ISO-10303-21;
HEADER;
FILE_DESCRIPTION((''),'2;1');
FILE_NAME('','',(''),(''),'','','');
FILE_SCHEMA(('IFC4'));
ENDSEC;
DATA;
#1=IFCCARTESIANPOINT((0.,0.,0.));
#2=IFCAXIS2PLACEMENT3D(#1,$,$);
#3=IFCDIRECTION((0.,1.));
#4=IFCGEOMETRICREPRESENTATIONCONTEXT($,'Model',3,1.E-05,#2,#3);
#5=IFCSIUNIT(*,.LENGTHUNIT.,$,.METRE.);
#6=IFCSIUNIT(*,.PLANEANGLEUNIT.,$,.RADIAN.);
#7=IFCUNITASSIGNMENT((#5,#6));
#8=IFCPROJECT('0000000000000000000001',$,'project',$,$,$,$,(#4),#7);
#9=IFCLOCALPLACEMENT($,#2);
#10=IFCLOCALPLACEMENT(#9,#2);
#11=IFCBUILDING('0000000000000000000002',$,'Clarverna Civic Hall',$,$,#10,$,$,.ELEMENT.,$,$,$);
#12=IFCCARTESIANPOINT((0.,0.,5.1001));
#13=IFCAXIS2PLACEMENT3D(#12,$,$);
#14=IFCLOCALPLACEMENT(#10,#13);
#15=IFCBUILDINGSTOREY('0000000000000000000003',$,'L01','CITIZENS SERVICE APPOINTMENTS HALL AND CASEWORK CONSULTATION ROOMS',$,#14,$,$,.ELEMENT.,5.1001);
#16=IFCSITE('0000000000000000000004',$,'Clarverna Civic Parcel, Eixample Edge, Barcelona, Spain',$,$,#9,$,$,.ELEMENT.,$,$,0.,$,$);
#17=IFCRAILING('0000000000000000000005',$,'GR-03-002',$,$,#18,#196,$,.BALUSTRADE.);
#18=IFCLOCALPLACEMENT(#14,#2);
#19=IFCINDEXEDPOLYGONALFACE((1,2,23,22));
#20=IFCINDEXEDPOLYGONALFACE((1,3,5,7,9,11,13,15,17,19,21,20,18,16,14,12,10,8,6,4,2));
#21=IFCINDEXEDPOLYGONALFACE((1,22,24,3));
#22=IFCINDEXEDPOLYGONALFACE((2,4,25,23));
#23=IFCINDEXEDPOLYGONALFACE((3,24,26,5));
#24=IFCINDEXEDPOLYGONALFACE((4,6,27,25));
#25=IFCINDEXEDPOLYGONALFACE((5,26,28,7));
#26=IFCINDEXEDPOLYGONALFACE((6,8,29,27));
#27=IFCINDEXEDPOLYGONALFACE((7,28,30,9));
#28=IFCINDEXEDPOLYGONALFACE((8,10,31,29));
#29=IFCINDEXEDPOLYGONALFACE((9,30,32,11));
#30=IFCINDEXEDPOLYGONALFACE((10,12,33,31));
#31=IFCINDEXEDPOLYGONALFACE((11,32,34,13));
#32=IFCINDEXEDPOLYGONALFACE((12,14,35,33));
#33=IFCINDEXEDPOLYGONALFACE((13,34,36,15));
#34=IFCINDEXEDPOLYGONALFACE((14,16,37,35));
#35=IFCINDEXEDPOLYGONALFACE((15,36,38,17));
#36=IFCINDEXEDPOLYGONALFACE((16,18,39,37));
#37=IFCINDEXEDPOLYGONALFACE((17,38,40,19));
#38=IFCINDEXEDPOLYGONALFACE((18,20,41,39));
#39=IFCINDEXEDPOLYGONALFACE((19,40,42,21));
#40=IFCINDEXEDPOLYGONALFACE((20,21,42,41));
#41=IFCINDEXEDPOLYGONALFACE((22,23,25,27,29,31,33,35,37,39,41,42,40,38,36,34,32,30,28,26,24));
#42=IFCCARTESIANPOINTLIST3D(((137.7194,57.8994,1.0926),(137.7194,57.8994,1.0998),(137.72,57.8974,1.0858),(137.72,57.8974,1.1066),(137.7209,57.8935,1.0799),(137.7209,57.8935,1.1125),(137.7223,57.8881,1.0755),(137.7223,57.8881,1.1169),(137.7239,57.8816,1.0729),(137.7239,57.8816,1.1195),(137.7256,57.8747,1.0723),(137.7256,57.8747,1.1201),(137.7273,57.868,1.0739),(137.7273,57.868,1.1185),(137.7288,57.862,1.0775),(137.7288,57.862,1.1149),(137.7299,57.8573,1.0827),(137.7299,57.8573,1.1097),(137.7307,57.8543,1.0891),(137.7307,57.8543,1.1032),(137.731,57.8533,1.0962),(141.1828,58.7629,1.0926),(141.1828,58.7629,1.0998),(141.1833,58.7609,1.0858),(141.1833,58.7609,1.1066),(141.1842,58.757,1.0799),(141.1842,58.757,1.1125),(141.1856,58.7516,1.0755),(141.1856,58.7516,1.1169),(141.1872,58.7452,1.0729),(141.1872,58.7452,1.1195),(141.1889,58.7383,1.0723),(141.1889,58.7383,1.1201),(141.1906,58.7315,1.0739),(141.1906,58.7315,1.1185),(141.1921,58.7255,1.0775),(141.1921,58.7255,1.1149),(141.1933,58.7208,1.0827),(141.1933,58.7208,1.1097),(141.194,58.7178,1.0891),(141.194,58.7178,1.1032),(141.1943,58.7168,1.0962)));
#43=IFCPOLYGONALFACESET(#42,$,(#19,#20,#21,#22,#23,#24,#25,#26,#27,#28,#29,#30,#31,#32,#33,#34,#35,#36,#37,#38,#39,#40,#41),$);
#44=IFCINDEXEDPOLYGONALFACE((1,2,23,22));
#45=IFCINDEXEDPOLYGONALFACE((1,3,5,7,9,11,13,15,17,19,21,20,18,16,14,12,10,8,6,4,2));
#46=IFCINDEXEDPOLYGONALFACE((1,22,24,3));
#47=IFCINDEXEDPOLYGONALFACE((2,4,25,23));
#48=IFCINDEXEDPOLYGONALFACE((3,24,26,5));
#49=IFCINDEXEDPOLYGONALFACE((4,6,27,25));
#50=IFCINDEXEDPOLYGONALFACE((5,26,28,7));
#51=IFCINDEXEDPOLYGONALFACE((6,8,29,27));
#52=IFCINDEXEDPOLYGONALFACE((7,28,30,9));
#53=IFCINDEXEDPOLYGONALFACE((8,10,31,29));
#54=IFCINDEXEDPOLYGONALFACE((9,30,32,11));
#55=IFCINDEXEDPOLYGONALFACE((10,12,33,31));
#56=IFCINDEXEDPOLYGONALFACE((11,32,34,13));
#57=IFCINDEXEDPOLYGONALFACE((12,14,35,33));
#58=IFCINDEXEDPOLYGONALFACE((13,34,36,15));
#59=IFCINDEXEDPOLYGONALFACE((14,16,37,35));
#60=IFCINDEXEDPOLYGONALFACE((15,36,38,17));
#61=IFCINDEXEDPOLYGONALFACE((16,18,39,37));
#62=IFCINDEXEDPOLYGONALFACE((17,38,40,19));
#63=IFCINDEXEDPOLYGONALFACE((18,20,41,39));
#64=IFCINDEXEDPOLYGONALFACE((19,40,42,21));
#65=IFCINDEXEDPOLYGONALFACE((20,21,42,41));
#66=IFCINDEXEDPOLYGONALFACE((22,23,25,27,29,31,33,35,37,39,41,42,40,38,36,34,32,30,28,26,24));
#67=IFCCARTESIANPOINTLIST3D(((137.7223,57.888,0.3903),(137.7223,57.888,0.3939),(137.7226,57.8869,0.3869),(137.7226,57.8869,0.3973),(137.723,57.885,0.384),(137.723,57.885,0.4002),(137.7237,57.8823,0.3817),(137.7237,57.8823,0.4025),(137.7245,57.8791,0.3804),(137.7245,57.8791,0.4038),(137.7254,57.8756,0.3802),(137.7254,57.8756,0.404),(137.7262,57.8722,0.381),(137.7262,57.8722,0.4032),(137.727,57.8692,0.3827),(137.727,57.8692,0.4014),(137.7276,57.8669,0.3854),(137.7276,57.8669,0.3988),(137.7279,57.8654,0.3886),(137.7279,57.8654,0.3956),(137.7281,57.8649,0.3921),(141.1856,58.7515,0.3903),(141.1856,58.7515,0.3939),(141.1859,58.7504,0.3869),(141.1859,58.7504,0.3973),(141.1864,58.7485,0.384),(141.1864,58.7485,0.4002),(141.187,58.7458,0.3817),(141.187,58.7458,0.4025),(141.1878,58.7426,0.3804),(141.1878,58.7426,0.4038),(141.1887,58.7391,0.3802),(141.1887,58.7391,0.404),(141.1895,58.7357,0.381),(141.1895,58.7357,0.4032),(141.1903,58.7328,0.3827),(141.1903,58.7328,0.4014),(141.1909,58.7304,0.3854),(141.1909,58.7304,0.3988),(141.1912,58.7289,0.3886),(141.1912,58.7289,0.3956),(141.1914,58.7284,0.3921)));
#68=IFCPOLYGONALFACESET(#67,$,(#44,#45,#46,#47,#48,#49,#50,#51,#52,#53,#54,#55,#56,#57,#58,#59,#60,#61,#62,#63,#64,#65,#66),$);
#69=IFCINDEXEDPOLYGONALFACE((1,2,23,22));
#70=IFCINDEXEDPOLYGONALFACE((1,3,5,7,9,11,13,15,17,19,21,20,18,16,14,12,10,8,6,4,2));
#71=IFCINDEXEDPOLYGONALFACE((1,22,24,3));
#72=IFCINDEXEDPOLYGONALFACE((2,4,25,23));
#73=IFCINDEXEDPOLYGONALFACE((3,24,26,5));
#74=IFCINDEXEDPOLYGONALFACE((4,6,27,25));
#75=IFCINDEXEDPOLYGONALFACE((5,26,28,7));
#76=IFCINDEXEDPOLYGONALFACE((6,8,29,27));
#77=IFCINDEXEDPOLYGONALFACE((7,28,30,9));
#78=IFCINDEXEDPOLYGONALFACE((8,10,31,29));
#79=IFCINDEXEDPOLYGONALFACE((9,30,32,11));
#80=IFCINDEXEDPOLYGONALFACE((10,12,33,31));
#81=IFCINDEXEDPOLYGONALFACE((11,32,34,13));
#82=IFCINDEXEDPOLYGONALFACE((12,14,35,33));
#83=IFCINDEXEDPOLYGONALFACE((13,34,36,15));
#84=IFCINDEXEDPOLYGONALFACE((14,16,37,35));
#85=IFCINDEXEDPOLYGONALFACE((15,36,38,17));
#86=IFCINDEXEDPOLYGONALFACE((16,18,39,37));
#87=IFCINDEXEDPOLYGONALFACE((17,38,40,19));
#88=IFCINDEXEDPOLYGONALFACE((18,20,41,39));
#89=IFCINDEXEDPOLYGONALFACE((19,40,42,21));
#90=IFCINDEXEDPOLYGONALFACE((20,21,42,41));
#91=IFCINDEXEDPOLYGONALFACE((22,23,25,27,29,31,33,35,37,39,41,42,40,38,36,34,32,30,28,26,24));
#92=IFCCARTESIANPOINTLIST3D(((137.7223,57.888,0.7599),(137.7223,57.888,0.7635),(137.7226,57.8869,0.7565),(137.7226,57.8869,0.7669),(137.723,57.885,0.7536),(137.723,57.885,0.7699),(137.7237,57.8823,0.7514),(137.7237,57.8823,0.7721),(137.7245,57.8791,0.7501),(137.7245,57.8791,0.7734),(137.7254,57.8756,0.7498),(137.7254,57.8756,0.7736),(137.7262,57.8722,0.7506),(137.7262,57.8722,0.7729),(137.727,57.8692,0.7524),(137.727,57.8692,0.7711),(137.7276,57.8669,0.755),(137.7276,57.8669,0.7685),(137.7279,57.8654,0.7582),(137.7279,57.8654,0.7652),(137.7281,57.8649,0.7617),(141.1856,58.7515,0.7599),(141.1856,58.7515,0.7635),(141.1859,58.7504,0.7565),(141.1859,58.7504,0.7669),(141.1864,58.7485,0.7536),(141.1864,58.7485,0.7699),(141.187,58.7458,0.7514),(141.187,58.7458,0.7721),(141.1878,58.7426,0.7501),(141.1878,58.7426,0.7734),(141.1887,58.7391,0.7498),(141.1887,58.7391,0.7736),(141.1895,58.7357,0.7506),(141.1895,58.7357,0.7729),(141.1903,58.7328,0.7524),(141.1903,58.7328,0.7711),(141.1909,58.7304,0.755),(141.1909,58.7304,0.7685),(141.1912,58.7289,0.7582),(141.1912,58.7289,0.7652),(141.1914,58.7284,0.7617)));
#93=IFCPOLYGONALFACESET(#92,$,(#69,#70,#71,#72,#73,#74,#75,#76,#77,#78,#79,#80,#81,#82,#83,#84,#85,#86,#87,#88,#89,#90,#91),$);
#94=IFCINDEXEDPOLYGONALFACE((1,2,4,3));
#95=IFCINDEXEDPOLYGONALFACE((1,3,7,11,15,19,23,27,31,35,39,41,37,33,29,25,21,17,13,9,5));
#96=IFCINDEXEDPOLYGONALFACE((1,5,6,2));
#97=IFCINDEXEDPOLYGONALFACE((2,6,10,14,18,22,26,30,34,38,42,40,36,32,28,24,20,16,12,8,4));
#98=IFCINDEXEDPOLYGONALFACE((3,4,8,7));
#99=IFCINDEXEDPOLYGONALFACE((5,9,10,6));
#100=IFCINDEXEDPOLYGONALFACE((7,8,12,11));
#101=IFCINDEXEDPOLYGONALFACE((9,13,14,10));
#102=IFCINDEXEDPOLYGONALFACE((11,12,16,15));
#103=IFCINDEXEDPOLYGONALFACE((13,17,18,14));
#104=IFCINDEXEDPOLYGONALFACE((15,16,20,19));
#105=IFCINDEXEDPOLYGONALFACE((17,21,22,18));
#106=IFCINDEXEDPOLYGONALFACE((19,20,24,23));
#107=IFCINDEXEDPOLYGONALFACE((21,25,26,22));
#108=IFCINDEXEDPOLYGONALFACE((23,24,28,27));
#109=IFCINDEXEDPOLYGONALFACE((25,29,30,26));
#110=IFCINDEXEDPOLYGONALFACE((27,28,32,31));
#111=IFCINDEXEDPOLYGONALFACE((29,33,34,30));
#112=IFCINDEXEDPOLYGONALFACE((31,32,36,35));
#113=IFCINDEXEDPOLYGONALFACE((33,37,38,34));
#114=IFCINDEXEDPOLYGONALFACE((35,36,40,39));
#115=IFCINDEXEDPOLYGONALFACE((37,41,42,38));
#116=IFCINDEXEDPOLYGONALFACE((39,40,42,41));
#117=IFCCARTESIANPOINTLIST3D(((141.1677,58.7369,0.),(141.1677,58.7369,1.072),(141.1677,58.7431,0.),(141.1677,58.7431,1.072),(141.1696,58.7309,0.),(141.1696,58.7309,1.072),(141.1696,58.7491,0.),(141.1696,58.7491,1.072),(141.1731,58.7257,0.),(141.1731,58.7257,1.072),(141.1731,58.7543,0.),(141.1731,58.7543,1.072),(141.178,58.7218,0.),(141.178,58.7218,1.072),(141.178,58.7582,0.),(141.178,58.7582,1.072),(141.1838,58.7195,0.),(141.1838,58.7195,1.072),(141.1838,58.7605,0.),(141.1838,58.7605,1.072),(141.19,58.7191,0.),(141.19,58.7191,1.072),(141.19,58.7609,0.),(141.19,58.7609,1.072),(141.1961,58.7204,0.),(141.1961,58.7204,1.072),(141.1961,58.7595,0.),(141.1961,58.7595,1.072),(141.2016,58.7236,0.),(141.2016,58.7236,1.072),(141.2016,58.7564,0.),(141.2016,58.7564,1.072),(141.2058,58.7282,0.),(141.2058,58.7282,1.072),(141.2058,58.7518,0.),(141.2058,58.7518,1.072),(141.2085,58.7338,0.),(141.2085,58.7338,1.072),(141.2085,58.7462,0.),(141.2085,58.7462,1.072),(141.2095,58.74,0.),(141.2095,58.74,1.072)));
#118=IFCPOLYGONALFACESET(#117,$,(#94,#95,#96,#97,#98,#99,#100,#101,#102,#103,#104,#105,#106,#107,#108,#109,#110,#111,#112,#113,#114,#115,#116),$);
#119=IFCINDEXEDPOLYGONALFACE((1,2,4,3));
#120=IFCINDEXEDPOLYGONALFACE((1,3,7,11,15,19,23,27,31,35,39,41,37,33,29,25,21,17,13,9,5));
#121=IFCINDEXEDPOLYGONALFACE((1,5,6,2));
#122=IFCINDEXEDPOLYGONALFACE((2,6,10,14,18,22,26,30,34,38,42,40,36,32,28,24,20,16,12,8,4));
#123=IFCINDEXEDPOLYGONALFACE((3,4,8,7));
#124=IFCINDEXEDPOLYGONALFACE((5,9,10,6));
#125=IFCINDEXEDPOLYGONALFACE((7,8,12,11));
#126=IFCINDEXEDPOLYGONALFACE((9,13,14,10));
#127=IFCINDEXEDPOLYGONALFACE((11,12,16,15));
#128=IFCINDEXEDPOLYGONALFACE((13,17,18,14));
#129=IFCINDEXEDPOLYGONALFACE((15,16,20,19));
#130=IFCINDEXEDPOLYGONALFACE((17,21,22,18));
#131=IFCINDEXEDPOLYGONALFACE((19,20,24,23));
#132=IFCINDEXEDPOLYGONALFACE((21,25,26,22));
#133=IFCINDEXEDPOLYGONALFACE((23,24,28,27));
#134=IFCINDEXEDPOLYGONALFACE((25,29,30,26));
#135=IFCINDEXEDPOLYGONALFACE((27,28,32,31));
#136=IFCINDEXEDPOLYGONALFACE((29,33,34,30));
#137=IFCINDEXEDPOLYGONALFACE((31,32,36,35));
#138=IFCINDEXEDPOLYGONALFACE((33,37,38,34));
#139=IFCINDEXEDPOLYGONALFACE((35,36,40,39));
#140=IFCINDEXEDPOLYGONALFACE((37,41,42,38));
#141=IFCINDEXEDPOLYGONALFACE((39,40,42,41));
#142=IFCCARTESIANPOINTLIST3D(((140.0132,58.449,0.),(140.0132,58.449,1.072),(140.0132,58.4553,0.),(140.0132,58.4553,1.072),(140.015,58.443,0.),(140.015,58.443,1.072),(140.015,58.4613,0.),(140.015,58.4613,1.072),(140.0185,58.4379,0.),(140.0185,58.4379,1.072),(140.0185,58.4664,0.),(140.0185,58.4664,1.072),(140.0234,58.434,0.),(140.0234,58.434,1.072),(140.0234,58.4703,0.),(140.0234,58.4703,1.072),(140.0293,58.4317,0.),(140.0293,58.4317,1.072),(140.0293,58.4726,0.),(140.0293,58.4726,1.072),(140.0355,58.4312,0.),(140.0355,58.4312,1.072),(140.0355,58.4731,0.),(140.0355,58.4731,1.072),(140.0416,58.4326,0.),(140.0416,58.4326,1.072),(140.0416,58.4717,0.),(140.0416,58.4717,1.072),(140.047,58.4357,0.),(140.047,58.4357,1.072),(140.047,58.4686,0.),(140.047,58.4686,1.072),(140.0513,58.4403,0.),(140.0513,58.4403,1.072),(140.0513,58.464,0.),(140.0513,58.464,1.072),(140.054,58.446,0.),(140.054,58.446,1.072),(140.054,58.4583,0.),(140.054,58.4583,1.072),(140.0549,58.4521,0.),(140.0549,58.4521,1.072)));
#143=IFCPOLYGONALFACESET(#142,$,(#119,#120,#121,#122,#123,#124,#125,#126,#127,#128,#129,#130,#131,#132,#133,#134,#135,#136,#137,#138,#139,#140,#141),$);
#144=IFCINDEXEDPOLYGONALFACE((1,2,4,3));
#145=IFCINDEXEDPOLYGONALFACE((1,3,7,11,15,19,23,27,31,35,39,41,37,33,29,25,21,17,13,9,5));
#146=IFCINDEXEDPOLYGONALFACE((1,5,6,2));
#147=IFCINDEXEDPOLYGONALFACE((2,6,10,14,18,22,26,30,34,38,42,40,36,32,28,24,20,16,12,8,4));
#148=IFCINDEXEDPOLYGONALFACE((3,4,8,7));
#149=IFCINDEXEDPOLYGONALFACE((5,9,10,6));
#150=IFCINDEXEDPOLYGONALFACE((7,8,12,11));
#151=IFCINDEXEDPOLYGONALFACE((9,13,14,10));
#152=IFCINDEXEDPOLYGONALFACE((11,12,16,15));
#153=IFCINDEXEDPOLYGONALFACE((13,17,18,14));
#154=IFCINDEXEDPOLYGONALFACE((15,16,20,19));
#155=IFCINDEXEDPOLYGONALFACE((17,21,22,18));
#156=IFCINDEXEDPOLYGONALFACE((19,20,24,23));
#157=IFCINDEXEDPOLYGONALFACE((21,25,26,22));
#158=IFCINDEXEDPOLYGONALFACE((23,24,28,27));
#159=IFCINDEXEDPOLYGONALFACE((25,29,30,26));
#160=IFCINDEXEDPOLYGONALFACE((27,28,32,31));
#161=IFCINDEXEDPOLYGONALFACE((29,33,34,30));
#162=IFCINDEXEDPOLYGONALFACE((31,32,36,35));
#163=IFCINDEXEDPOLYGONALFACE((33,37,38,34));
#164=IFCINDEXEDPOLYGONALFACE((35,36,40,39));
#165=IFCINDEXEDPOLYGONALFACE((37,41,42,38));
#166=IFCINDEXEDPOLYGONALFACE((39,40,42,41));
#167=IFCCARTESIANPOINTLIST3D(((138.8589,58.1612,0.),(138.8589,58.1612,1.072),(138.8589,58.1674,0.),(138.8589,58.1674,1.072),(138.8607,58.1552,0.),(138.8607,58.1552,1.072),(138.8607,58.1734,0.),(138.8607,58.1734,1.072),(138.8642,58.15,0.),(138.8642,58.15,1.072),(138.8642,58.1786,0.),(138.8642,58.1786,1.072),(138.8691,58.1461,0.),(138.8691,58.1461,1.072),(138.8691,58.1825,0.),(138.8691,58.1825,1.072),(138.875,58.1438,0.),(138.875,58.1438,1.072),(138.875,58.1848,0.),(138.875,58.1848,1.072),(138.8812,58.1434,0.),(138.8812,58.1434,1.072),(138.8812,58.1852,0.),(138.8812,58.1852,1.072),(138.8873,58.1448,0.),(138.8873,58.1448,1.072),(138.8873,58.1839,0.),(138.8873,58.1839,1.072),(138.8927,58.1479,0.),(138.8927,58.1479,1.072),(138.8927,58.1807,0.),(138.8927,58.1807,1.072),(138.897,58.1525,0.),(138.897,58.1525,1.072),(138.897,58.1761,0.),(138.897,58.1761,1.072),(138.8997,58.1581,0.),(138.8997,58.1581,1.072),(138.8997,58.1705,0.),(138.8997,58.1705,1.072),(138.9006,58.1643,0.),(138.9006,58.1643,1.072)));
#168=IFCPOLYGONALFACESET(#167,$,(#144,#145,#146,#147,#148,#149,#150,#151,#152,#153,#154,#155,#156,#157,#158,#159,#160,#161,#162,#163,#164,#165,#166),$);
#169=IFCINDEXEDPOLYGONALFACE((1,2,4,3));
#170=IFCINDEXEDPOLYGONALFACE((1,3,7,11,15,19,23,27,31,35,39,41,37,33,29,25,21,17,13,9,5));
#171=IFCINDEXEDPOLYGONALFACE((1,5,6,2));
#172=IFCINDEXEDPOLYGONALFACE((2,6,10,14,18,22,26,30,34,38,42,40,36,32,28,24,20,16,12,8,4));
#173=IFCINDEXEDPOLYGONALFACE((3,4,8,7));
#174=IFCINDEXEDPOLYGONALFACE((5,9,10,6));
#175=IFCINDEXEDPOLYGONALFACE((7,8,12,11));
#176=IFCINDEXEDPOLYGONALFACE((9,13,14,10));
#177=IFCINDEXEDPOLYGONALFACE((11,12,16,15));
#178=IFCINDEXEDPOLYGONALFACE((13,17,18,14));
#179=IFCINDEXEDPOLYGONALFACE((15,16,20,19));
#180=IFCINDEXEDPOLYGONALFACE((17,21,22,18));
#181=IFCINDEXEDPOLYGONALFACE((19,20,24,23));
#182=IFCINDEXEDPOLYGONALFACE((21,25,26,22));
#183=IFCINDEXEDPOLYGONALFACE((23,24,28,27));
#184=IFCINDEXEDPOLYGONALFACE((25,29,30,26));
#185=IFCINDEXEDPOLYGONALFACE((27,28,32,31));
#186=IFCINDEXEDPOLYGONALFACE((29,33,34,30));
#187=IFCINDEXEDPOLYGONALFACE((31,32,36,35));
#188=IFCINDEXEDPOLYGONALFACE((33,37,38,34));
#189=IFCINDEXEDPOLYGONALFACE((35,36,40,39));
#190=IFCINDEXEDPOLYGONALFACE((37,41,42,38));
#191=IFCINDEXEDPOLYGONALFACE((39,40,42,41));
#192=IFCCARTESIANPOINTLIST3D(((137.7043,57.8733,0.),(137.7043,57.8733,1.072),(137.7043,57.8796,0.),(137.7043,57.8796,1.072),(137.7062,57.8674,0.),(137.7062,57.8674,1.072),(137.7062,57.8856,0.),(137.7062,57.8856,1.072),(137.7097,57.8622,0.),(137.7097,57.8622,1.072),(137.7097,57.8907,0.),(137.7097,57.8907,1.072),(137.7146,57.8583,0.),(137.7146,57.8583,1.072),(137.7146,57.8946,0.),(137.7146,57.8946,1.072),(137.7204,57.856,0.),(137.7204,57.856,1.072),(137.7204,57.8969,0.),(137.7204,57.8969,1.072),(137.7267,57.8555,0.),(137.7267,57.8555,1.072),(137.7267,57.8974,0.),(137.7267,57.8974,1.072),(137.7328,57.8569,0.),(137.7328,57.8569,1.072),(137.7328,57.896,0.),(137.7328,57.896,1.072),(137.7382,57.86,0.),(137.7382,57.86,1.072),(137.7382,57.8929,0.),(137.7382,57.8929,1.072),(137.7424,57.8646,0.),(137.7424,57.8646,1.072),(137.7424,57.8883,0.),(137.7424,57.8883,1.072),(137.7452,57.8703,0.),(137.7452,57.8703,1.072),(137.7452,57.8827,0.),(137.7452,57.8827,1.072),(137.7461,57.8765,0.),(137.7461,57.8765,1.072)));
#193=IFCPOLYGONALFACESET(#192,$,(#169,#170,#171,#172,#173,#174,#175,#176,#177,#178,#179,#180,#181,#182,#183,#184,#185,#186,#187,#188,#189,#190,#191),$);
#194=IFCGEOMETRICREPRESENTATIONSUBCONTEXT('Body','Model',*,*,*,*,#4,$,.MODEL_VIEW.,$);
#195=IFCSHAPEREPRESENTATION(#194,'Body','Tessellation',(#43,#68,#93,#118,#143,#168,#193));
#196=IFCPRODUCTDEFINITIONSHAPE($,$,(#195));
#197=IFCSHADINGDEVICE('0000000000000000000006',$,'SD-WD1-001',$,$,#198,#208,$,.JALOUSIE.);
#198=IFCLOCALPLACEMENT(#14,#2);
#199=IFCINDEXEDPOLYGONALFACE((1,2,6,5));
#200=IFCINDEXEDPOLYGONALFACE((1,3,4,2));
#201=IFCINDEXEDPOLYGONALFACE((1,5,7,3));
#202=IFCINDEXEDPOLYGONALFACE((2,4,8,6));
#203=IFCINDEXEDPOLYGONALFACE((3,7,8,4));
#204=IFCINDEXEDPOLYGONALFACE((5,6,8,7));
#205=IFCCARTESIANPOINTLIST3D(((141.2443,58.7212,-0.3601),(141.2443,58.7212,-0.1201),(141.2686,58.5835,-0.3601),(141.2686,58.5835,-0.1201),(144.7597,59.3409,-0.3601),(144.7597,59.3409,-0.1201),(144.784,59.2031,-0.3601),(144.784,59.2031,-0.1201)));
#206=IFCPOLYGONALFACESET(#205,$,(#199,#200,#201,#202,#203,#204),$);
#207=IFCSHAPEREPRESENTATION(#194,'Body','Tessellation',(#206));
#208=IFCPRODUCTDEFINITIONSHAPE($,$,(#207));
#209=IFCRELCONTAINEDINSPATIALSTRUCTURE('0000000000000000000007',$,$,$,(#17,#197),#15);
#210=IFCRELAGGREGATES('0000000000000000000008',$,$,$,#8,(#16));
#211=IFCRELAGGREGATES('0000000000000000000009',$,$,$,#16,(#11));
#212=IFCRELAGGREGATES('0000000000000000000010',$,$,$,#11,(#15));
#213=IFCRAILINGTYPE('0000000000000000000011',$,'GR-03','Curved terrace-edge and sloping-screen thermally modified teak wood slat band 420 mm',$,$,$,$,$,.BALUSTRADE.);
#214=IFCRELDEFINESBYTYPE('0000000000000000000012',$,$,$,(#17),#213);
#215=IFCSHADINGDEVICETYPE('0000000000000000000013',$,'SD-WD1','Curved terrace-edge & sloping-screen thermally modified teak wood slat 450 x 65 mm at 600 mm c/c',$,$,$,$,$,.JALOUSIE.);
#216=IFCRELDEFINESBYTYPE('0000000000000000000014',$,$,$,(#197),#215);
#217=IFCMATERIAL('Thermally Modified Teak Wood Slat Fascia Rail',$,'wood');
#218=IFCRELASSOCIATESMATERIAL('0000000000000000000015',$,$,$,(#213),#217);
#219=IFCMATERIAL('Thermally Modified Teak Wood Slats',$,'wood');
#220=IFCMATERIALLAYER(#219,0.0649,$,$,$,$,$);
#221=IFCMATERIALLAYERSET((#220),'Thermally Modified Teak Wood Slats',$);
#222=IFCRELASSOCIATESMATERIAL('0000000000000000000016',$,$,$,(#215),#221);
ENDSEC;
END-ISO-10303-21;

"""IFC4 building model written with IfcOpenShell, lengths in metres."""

from ifc_helpers import new_model, si_unit, direction, frame, frame_2d, origin, origin_2d, place, context, subcontext, project, spatial, rectangle, circle, extrude, material, layer, layer_set, type_object, element, save


model = new_model("IFC4")

# Units and contexts
model_context = context("Model", 3, precision=1e-05, world=origin(), true_north=direction((0.0, 1.0)))
body_context = subcontext(model_context, "Body", "Model", "MODEL_VIEW")
ifc_project = project(units=[si_unit("LENGTHUNIT", "METRE"), si_unit("PLANEANGLEUNIT", "RADIAN")], contexts=[model_context])

# Site, building, storey
site_placement = place(None, origin())
site = spatial("IfcSite", under=ifc_project, at=site_placement, Name="Clarverna Civic Parcel, Eixample Edge, Barcelona, Spain", CompositionType="ELEMENT", RefElevation=0.0)
building_placement = place(site_placement, origin())
building = spatial("IfcBuilding", under=site, at=building_placement, Name="Clarverna Civic Hall", CompositionType="ELEMENT")
storey_placement = place(building_placement, frame((0.0, 0.0, 5.1001)))
storey = spatial("IfcBuildingStorey", under=building, at=storey_placement, Name="L01", Description="CITIZENS SERVICE APPOINTMENTS HALL AND CASEWORK CONSULTATION ROOMS", CompositionType="ELEMENT", Elevation=5.1001)

# Railing
ifc_material_1 = material(Name="Thermally Modified Teak Wood Slat Fascia Rail", Category="wood")
railing_type_1 = type_object("IfcRailingType", Name="GR-03", Description="Curved terrace-edge and sloping-screen thermally modified teak wood slat band 420 mm", PredefinedType="BALUSTRADE", material=ifc_material_1)
railing_1_placement = place(storey_placement, frame((141.1885, 58.74, 0.0)))
element("IfcRailing", 1, at=railing_1_placement, inside=storey, type_object=railing_type_1, Name="GR-03-002", PredefinedType="BALUSTRADE", context=body_context, shape_type="SweptSolid", body=[
    extrude(circle(Radius=0.0239, at=origin_2d()), frame((0.0, 0.0, 1.0962), z_axis=(-0.970295, -0.241924, 0.0), x_axis=(0.241924, -0.970295, 0.0)), (0.0, 0.0, 1.0), 3.5693),
    extrude(circle(Radius=0.012, at=origin_2d()), frame((0.0, 0.0, 0.3921), z_axis=(-0.970295, -0.241924, 0.0), x_axis=(0.241924, -0.970295, 0.0)), (0.0, 0.0, 1.0), 3.5693),
    extrude(circle(Radius=0.012, at=origin_2d()), frame((0.0, 0.0, 0.7617), z_axis=(-0.970295, -0.241924, 0.0), x_axis=(0.241924, -0.970295, 0.0)), (0.0, 0.0, 1.0), 3.5693),
    extrude(circle(Radius=0.021, at=origin_2d()), origin(), (0.0, 0.0, 1.0), 1.072),
    extrude(circle(Radius=0.021, at=origin_2d()), frame((-1.1545, -0.2878, 0.0)), (0.0, 0.0, 1.0), 1.072),
    extrude(circle(Radius=0.021, at=origin_2d()), frame((-2.3088, -0.5757, 0.0)), (0.0, 0.0, 1.0), 1.072),
    extrude(circle(Radius=0.021, at=origin_2d()), frame((-3.4634, -0.8635, 0.0)), (0.0, 0.0, 1.0), 1.072),
])

# Shading device
ifc_material_2 = material(Name="Thermally Modified Teak Wood Slats", Category="wood")
ifc_layer_1 = layer(ifc_material_2, 0.0649)
ifc_layer_set_1 = layer_set([ifc_layer_1], Name="Thermally Modified Teak Wood Slats")
shading_device_type = type_object("IfcShadingDeviceType", Name="SD-WD1", Description="Curved terrace-edge & sloping-screen thermally modified teak wood slat 450 x 65 mm at 600 mm c/c", PredefinedType="JALOUSIE", material=ifc_layer_set_1)
shading_device_1_placement = place(storey_placement, frame((144.7717, 59.272, -0.3601), z_axis=(0.0, 0.0, 1.0), x_axis=(-0.984819, -0.173586, 0.0)))
element("IfcShadingDevice", 2, at=shading_device_1_placement, inside=storey, type_object=shading_device_type, Name="SD-WD1-001", PredefinedType="JALOUSIE", context=body_context, shape_type="SweptSolid", body=[
    extrude(rectangle(XDim=3.5696, YDim=0.1399, at=frame_2d((1.7847, 0.0))), origin(), (0.0, 0.0, 1.0), 0.24),
])

save(model, "model.ifc")
